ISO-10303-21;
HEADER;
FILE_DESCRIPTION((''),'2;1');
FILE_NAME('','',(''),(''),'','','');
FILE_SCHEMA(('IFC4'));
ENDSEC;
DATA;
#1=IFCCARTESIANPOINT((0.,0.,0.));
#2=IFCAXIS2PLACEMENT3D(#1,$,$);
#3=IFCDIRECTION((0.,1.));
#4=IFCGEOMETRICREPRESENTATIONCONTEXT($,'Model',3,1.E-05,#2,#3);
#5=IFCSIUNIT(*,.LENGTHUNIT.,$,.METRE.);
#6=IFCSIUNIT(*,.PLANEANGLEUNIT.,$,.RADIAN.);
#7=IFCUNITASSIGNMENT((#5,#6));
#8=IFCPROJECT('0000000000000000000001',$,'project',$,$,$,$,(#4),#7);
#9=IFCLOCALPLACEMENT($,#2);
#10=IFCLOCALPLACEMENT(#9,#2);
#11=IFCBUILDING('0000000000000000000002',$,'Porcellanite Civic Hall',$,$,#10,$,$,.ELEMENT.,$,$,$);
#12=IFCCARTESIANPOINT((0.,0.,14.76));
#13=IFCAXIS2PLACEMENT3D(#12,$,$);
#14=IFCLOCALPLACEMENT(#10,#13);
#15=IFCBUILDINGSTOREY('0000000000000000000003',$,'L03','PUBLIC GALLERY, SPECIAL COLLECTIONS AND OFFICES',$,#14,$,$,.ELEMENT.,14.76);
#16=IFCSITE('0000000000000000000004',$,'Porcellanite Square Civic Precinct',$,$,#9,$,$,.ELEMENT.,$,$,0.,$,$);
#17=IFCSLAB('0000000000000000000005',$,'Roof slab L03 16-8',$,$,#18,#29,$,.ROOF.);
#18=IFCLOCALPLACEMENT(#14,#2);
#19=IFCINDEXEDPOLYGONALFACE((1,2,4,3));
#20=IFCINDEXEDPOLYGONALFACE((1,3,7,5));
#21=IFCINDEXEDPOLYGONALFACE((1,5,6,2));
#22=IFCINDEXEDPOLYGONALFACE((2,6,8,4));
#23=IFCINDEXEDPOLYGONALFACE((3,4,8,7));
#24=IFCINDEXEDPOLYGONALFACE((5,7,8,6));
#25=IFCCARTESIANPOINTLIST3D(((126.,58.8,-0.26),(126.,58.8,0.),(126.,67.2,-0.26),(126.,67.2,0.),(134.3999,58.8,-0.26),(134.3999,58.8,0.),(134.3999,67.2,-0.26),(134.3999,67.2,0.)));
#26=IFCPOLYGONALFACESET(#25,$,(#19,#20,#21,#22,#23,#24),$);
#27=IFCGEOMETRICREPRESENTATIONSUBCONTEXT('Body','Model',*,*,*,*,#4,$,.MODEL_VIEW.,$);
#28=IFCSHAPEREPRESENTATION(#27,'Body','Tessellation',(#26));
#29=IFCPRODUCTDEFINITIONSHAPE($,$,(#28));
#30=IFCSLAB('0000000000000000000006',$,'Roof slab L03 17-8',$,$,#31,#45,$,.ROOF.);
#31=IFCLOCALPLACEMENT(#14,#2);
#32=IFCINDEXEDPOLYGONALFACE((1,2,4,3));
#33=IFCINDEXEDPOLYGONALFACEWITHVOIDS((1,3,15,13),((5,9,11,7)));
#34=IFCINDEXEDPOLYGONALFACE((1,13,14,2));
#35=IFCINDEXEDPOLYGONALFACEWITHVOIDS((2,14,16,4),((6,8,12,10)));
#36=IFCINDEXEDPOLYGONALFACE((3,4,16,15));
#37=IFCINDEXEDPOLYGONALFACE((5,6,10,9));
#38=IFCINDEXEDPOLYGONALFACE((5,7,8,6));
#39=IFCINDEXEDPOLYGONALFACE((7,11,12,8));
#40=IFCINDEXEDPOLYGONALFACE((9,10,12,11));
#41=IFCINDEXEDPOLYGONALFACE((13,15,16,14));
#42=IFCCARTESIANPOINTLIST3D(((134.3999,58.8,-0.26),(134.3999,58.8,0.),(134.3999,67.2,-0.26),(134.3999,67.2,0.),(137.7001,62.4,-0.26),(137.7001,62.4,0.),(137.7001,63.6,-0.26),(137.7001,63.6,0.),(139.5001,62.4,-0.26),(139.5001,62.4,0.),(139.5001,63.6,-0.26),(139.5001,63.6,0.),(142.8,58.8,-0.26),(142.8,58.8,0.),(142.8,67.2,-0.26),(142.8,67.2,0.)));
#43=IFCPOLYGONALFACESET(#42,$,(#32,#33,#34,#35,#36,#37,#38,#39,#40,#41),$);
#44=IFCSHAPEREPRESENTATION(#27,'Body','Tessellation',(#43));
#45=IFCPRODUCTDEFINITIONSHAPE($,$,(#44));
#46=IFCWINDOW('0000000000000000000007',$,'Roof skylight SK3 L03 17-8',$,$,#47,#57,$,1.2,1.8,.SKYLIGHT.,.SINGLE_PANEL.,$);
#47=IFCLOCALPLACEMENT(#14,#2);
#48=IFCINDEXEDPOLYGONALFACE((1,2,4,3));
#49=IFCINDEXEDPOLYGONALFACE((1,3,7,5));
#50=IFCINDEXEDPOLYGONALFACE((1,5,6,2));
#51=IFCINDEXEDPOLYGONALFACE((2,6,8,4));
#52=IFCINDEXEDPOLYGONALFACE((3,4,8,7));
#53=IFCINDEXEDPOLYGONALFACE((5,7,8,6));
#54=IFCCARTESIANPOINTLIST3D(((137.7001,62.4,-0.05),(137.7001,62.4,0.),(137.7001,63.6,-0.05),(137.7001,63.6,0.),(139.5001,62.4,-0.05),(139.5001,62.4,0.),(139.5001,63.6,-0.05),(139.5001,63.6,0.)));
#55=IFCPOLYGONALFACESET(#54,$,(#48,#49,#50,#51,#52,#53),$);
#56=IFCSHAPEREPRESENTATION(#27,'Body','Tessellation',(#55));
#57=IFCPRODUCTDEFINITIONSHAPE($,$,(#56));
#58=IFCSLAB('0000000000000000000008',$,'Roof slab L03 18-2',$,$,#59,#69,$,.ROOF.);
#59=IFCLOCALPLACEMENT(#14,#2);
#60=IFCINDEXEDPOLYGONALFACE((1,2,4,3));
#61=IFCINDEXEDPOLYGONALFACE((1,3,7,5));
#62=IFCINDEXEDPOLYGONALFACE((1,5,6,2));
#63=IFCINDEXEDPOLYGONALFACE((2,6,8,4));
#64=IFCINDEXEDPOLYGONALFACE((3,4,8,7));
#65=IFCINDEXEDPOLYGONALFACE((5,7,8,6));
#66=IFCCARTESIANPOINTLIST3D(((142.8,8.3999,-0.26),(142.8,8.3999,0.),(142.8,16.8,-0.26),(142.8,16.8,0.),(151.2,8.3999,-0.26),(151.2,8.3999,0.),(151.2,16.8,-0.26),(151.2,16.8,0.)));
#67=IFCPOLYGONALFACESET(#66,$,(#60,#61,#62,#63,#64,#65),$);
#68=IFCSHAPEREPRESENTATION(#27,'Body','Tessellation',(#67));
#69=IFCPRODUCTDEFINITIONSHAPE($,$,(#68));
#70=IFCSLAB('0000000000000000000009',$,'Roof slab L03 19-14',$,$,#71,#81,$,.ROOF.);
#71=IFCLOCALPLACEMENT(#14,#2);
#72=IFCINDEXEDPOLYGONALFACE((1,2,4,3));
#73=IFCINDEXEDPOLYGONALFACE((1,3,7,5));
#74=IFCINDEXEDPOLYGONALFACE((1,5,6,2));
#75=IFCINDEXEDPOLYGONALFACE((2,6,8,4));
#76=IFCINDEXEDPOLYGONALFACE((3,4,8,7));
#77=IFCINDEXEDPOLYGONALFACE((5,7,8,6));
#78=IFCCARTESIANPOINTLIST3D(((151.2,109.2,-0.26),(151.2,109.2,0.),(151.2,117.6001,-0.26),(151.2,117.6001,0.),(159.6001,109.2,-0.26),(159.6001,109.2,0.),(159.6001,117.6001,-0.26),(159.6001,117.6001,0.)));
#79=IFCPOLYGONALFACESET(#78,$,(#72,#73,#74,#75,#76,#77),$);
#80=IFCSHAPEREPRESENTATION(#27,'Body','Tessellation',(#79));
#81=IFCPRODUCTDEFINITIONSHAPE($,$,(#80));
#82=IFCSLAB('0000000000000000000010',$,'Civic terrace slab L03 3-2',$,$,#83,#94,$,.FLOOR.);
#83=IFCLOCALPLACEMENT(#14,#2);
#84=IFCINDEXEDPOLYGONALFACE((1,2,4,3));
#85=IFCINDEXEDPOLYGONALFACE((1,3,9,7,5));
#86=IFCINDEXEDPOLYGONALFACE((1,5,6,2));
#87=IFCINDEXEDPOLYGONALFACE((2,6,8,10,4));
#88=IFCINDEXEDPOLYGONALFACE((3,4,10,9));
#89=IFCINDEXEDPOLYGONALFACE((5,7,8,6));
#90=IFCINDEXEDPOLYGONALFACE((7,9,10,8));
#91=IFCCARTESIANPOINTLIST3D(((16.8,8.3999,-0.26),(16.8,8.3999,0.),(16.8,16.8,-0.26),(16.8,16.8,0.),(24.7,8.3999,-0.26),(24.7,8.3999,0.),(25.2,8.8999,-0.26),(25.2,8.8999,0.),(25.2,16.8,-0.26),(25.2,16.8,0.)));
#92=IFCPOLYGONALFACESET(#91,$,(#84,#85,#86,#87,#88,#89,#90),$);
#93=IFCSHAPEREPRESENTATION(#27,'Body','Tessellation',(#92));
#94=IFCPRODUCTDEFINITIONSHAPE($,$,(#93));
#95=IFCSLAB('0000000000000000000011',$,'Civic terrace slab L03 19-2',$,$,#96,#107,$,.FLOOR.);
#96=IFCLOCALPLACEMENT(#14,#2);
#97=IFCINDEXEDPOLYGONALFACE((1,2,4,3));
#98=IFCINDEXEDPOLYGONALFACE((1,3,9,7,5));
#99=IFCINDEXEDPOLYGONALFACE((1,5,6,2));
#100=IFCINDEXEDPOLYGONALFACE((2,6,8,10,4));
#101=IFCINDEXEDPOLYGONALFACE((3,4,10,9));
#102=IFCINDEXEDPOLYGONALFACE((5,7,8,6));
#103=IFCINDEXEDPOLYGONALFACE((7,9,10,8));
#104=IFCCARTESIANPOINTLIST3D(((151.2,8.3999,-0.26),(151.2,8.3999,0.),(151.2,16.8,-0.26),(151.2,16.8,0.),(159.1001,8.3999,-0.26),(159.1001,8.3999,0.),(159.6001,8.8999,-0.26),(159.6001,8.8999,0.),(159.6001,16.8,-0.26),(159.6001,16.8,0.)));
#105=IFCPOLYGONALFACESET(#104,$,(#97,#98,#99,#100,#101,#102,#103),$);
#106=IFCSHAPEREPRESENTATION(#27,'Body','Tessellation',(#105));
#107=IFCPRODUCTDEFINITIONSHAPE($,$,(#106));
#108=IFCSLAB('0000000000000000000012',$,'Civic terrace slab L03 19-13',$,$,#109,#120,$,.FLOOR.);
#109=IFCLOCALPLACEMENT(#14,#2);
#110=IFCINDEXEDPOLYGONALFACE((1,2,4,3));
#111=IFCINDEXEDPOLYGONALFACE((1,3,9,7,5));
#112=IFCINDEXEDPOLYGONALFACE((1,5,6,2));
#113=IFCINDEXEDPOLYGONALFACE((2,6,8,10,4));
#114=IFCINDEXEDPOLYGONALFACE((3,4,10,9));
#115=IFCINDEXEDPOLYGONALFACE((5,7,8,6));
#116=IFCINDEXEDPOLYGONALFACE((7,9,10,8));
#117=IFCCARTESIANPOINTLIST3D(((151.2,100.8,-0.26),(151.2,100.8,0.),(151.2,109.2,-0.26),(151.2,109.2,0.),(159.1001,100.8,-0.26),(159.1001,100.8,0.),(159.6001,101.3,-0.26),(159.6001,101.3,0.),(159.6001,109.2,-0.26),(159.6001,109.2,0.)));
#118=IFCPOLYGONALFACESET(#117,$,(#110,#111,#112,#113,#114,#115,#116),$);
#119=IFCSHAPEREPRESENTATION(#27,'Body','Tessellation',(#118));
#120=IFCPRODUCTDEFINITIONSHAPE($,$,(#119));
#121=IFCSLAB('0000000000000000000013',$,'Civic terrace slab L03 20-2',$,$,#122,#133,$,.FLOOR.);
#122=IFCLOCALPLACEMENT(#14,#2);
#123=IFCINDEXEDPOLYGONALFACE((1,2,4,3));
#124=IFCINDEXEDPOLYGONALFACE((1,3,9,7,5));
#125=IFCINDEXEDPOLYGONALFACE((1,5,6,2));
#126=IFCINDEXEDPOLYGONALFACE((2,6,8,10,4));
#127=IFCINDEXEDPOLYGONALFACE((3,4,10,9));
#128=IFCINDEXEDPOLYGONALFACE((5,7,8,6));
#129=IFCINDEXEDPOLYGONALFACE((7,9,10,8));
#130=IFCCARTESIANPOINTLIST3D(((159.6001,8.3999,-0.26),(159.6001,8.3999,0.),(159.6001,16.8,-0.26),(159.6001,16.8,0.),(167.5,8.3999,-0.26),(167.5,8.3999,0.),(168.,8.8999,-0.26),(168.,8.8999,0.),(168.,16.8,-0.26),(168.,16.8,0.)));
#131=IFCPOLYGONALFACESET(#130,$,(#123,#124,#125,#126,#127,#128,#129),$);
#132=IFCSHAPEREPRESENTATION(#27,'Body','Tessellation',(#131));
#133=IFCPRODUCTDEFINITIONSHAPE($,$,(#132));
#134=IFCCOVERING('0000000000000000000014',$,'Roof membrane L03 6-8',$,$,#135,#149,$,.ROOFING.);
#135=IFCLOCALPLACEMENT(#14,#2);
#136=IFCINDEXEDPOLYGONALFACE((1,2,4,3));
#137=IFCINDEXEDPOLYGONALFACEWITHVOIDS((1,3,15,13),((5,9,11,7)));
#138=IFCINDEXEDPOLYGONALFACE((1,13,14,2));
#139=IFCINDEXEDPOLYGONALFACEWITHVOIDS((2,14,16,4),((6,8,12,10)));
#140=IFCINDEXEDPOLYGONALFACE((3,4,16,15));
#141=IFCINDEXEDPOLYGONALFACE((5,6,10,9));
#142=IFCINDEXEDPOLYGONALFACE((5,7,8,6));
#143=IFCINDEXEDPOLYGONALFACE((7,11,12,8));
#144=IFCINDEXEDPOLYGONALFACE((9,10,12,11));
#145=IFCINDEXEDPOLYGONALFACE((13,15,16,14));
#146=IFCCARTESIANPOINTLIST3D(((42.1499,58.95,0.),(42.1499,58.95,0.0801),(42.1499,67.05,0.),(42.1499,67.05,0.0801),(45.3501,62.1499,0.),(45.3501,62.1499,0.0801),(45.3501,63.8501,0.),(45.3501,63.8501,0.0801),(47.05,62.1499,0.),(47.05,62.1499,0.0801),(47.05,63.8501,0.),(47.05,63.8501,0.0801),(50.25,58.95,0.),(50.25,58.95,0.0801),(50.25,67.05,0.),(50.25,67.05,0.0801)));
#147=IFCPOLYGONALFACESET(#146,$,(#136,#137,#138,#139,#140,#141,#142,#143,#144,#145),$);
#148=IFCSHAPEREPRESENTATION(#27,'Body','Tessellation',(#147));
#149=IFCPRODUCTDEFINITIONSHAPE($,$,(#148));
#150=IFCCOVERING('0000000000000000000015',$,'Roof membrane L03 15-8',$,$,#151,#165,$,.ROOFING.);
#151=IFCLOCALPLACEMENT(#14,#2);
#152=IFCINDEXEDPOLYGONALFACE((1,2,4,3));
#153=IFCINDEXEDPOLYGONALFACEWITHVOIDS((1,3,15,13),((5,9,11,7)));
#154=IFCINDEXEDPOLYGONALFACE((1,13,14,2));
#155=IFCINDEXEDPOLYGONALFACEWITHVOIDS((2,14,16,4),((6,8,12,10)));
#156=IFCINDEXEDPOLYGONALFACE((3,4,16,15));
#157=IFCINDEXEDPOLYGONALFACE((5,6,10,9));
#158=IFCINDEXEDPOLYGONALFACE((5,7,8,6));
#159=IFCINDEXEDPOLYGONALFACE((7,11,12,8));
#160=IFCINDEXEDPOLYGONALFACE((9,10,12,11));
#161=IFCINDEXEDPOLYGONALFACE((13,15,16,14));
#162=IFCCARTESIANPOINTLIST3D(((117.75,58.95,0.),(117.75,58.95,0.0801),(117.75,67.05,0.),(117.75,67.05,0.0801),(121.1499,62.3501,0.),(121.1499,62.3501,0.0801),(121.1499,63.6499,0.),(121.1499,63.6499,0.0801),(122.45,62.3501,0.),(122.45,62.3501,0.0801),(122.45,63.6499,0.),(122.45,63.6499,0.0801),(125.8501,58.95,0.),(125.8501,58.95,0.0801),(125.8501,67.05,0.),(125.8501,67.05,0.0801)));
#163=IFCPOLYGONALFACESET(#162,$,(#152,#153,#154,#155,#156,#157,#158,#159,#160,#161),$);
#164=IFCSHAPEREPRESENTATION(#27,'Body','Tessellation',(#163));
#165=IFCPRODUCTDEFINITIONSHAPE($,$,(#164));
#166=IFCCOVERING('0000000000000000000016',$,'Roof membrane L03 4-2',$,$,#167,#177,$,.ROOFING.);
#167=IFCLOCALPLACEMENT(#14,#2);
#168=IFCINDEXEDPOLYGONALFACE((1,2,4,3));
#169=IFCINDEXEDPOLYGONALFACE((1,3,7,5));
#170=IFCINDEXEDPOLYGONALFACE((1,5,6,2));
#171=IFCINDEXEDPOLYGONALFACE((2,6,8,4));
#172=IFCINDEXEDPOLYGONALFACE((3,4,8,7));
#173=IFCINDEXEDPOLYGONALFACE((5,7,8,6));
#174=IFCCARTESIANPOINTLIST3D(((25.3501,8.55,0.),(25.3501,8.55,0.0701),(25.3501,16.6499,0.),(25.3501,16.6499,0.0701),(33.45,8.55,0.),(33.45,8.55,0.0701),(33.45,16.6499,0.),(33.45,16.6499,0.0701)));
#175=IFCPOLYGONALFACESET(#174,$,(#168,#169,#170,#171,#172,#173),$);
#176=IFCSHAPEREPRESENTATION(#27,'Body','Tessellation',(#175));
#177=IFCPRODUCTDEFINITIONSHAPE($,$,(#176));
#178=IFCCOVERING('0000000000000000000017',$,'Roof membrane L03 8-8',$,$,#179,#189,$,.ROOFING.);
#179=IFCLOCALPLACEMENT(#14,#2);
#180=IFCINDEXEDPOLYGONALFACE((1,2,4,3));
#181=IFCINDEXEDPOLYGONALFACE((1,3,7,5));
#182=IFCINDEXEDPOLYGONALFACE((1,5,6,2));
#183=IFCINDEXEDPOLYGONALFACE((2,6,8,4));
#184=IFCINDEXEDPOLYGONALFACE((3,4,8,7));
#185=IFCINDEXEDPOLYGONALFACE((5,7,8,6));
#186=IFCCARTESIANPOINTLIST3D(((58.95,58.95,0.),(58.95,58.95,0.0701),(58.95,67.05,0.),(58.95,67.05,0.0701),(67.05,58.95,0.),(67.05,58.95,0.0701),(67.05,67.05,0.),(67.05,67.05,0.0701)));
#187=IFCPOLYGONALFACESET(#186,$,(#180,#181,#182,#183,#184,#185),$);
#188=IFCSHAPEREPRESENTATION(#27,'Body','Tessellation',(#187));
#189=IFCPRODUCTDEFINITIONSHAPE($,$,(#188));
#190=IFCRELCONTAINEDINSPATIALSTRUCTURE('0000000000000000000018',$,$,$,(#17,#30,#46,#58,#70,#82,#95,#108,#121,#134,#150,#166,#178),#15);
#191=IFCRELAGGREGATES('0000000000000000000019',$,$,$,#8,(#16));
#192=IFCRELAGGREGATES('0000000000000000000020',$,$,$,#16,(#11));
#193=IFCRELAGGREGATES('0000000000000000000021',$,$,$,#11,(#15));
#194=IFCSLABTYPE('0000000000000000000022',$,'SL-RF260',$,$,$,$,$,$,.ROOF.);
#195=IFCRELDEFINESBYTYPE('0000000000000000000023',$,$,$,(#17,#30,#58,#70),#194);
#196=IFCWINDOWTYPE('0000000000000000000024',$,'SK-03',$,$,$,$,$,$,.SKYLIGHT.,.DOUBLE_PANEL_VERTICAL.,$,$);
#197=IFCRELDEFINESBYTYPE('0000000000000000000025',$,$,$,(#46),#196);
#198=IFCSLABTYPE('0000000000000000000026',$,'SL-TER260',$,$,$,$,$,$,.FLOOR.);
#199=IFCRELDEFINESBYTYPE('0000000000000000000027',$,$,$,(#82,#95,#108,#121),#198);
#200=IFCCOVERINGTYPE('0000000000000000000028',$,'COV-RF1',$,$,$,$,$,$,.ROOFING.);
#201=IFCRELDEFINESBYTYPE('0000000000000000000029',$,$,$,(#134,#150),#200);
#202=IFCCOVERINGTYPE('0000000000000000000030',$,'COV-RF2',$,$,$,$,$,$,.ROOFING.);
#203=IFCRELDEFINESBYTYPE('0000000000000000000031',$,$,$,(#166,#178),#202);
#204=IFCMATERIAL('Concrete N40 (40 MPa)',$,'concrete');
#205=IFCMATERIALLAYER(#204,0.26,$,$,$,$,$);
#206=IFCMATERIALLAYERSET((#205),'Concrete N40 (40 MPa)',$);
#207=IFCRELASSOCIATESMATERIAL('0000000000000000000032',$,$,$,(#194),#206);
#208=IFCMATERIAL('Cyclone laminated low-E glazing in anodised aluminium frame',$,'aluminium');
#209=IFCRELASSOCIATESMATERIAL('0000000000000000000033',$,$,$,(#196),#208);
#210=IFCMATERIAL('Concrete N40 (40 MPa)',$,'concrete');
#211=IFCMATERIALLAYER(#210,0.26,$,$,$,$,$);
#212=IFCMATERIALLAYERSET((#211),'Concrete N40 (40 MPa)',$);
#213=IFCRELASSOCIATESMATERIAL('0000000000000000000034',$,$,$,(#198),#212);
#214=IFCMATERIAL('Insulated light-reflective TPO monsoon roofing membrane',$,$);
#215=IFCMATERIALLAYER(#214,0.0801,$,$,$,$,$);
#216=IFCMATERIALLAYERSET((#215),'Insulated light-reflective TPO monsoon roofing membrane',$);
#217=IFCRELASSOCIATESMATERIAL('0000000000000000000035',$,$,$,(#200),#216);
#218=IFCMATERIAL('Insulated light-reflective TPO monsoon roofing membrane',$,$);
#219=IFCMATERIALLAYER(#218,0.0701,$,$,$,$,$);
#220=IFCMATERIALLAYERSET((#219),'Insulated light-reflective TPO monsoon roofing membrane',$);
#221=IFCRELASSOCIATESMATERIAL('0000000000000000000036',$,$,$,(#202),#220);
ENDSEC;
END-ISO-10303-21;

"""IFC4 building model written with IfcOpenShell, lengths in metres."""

from ifc_helpers import new_model, si_unit, direction, frame, origin, origin_2d, place, context, subcontext, project, spatial, polyline, rectangle, outline, extrude, material, layer, layer_set, type_object, element, fill, save


model = new_model("IFC4")

# Units and contexts
model_context = context("Model", 3, precision=1e-05, world=origin(), true_north=direction((0.0, 1.0)))
body_context = subcontext(model_context, "Body", "Model", "MODEL_VIEW")
ifc_project = project(units=[si_unit("LENGTHUNIT", "METRE"), si_unit("PLANEANGLEUNIT", "RADIAN")], contexts=[model_context])

# Site, building, storey
site_placement = place(None, origin())
site = spatial("IfcSite", under=ifc_project, at=site_placement, Name="Porcellanite Square Civic Precinct", CompositionType="ELEMENT", RefElevation=0.0)
building_placement = place(site_placement, origin())
building = spatial("IfcBuilding", under=site, at=building_placement, Name="Porcellanite Civic Hall", CompositionType="ELEMENT")
storey_placement = place(building_placement, frame((0.0, 0.0, 14.76)))
storey = spatial("IfcBuildingStorey", under=building, at=storey_placement, Name="L03", Description="PUBLIC GALLERY, SPECIAL COLLECTIONS AND OFFICES", CompositionType="ELEMENT", Elevation=14.76)

# Shared definitions
ifc_material_1 = material(Name="Concrete N40 (40 MPa)", Category="concrete")
ifc_layer_1 = layer(ifc_material_1, 0.26)
ifc_layer_set_1 = layer_set([ifc_layer_1], Name="Concrete N40 (40 MPa)")
slab_type_1 = type_object("IfcSlabType", Name="SL-RF260", PredefinedType="ROOF", material=ifc_layer_set_1)

# Slab
slab_1_placement = place(storey_placement, frame((0.0, 0.0, -0.26)))
element("IfcSlab", 1, at=slab_1_placement, inside=storey, type_object=slab_type_1, Name="Roof slab L03 16-8", PredefinedType="ROOF", context=body_context, shape_type="SweptSolid", body=[
    extrude(outline(polyline([(126.0, 58.8), (134.3999, 58.8), (134.3999, 67.2), (126.0, 67.2), (126.0, 58.8)])), origin(), (0.0, 0.0, 1.0), 0.26),
])

# Slab, opening, window
slab_2_placement = place(storey_placement, frame((0.0, 0.0, -0.26)))
slab_2 = element("IfcSlab", 2, at=slab_2_placement, inside=storey, type_object=slab_type_1, Name="Roof slab L03 17-8", PredefinedType="ROOF", context=body_context, shape_type="SweptSolid", body=[
    extrude(outline(polyline([(134.3999, 58.8), (142.8, 58.8), (142.8, 67.2), (134.3999, 67.2), (134.3999, 58.8)])), origin(), (0.0, 0.0, 1.0), 0.26),
])
opening_1_placement = place(slab_2_placement, frame((138.6001, 63.0, 0.0)))
opening_1 = element("IfcOpeningElement", 3, at=opening_1_placement, cuts=slab_2, PredefinedType="OPENING", context=body_context, shape_type="SweptSolid", body=[
    extrude(rectangle(XDim=1.8, YDim=1.2, at=origin_2d()), origin(), (0.0, 0.0, 1.0), 0.26),
])
ifc_material_2 = material(Name="Cyclone laminated low-E glazing in anodised aluminium frame", Category="aluminium")
window_type_1 = type_object("IfcWindowType", Name="SK-03", PartitioningType="DOUBLE_PANEL_VERTICAL", PredefinedType="SKYLIGHT", material=ifc_material_2)
window_1_placement = place(opening_1_placement, frame((0.0, 0.0, 0.21)))
window_1 = element("IfcWindow", 4, at=window_1_placement, inside=storey, type_object=window_type_1, Name="Roof skylight SK3 L03 17-8", OverallHeight=1.2, OverallWidth=1.8, PartitioningType="SINGLE_PANEL", PredefinedType="SKYLIGHT", context=body_context, shape_type="SweptSolid", body=[
    extrude(rectangle(XDim=1.8, YDim=1.2, at=origin_2d()), origin(), (0.0, 0.0, 1.0), 0.05),
])
fill(opening_1, window_1)

# Slabs
slab_3_placement = place(storey_placement, frame((0.0, 0.0, -0.26)))
element("IfcSlab", 5, at=slab_3_placement, inside=storey, type_object=slab_type_1, Name="Roof slab L03 18-2", PredefinedType="ROOF", context=body_context, shape_type="SweptSolid", body=[
    extrude(outline(polyline([(142.8, 8.3999), (151.2, 8.3999), (151.2, 16.8), (142.8, 16.8), (142.8, 8.3999)])), origin(), (0.0, 0.0, 1.0), 0.26),
])
slab_4_placement = place(storey_placement, frame((0.0, 0.0, -0.26)))
element("IfcSlab", 6, at=slab_4_placement, inside=storey, type_object=slab_type_1, Name="Roof slab L03 19-14", PredefinedType="ROOF", context=body_context, shape_type="SweptSolid", body=[
    extrude(outline(polyline([(151.2, 109.2), (159.6001, 109.2), (159.6001, 117.6001), (151.2, 117.6001), (151.2, 109.2)])), origin(), (0.0, 0.0, 1.0), 0.26),
])
ifc_material_3 = material(Name="Concrete N40 (40 MPa)", Category="concrete")
ifc_layer_2 = layer(ifc_material_3, 0.26)
ifc_layer_set_2 = layer_set([ifc_layer_2], Name="Concrete N40 (40 MPa)")
slab_type_2 = type_object("IfcSlabType", Name="SL-TER260", PredefinedType="FLOOR", material=ifc_layer_set_2)
slab_5_placement = place(storey_placement, frame((0.0, 0.0, -0.26)))
element("IfcSlab", 7, at=slab_5_placement, inside=storey, type_object=slab_type_2, Name="Civic terrace slab L03 3-2", PredefinedType="FLOOR", context=body_context, shape_type="SweptSolid", body=[
    extrude(outline(polyline([(16.8, 8.3999), (24.7, 8.3999), (25.2, 8.8999), (25.2, 16.8), (16.8, 16.8), (16.8, 8.3999)])), origin(), (0.0, 0.0, 1.0), 0.26),
])
slab_6_placement = place(storey_placement, frame((0.0, 0.0, -0.26)))
element("IfcSlab", 8, at=slab_6_placement, inside=storey, type_object=slab_type_2, Name="Civic terrace slab L03 19-2", PredefinedType="FLOOR", context=body_context, shape_type="SweptSolid", body=[
    extrude(outline(polyline([(151.2, 8.3999), (159.1001, 8.3999), (159.6001, 8.8999), (159.6001, 16.8), (151.2, 16.8), (151.2, 8.3999)])), origin(), (0.0, 0.0, 1.0), 0.26),
])
slab_7_placement = place(storey_placement, frame((0.0, 0.0, -0.26)))
element("IfcSlab", 9, at=slab_7_placement, inside=storey, type_object=slab_type_2, Name="Civic terrace slab L03 19-13", PredefinedType="FLOOR", context=body_context, shape_type="SweptSolid", body=[
    extrude(outline(polyline([(151.2, 100.8), (159.1001, 100.8), (159.6001, 101.3), (159.6001, 109.2), (151.2, 109.2), (151.2, 100.8)])), origin(), (0.0, 0.0, 1.0), 0.26),
])
slab_8_placement = place(storey_placement, frame((0.0, 0.0, -0.26)))
element("IfcSlab", 10, at=slab_8_placement, inside=storey, type_object=slab_type_2, Name="Civic terrace slab L03 20-2", PredefinedType="FLOOR", context=body_context, shape_type="SweptSolid", body=[
    extrude(outline(polyline([(159.6001, 8.3999), (167.5, 8.3999), (168.0, 8.8999), (168.0, 16.8), (159.6001, 16.8), (159.6001, 8.3999)])), origin(), (0.0, 0.0, 1.0), 0.26),
])

# Coverings
ifc_material_4 = material(Name="Insulated light-reflective TPO monsoon roofing membrane")
ifc_layer_3 = layer(ifc_material_4, 0.0801)
ifc_layer_set_3 = layer_set([ifc_layer_3], Name="Insulated light-reflective TPO monsoon roofing membrane")
covering_type_1 = type_object("IfcCoveringType", Name="COV-RF1", PredefinedType="ROOFING", material=ifc_layer_set_3)
covering_1_placement = place(storey_placement, origin())
element("IfcCovering", 11, at=covering_1_placement, inside=storey, type_object=covering_type_1, Name="Roof membrane L03 6-8", PredefinedType="ROOFING", context=body_context, shape_type="SweptSolid", body=[
    extrude(outline(polyline([(42.1499, 58.95), (50.25, 58.95), (50.25, 67.05), (42.1499, 67.05), (42.1499, 58.95)]), holes=[polyline([(45.3501, 62.1499), (47.05, 62.1499), (47.05, 63.8501), (45.3501, 63.8501), (45.3501, 62.1499)])]), origin(), (0.0, 0.0, 1.0), 0.0801),
])
covering_2_placement = place(storey_placement, origin())
element("IfcCovering", 12, at=covering_2_placement, inside=storey, type_object=covering_type_1, Name="Roof membrane L03 15-8", PredefinedType="ROOFING", context=body_context, shape_type="SweptSolid", body=[
    extrude(outline(polyline([(117.75, 58.95), (125.8501, 58.95), (125.8501, 67.05), (117.75, 67.05), (117.75, 58.95)]), holes=[polyline([(121.1499, 62.3501), (122.45, 62.3501), (122.45, 63.6499), (121.1499, 63.6499), (121.1499, 62.3501)])]), origin(), (0.0, 0.0, 1.0), 0.0801),
])
ifc_material_5 = material(Name="Insulated light-reflective TPO monsoon roofing membrane")
ifc_layer_4 = layer(ifc_material_5, 0.0701)
ifc_layer_set_4 = layer_set([ifc_layer_4], Name="Insulated light-reflective TPO monsoon roofing membrane")
covering_type_2 = type_object("IfcCoveringType", Name="COV-RF2", PredefinedType="ROOFING", material=ifc_layer_set_4)
covering_3_placement = place(storey_placement, origin())
element("IfcCovering", 13, at=covering_3_placement, inside=storey, type_object=covering_type_2, Name="Roof membrane L03 4-2", PredefinedType="ROOFING", context=body_context, shape_type="SweptSolid", body=[
    extrude(outline(polyline([(25.3501, 8.55), (33.45, 8.55), (33.45, 16.6499), (25.3501, 16.6499), (25.3501, 8.55)])), origin(), (0.0, 0.0, 1.0), 0.0701),
])
covering_4_placement = place(storey_placement, origin())
element("IfcCovering", 14, at=covering_4_placement, inside=storey, type_object=covering_type_2, Name="Roof membrane L03 8-8", PredefinedType="ROOFING", context=body_context, shape_type="SweptSolid", body=[
    extrude(outline(polyline([(58.95, 58.95), (67.05, 58.95), (67.05, 67.05), (58.95, 67.05), (58.95, 58.95)])), origin(), (0.0, 0.0, 1.0), 0.0701),
])

save(model, "model.ifc")
